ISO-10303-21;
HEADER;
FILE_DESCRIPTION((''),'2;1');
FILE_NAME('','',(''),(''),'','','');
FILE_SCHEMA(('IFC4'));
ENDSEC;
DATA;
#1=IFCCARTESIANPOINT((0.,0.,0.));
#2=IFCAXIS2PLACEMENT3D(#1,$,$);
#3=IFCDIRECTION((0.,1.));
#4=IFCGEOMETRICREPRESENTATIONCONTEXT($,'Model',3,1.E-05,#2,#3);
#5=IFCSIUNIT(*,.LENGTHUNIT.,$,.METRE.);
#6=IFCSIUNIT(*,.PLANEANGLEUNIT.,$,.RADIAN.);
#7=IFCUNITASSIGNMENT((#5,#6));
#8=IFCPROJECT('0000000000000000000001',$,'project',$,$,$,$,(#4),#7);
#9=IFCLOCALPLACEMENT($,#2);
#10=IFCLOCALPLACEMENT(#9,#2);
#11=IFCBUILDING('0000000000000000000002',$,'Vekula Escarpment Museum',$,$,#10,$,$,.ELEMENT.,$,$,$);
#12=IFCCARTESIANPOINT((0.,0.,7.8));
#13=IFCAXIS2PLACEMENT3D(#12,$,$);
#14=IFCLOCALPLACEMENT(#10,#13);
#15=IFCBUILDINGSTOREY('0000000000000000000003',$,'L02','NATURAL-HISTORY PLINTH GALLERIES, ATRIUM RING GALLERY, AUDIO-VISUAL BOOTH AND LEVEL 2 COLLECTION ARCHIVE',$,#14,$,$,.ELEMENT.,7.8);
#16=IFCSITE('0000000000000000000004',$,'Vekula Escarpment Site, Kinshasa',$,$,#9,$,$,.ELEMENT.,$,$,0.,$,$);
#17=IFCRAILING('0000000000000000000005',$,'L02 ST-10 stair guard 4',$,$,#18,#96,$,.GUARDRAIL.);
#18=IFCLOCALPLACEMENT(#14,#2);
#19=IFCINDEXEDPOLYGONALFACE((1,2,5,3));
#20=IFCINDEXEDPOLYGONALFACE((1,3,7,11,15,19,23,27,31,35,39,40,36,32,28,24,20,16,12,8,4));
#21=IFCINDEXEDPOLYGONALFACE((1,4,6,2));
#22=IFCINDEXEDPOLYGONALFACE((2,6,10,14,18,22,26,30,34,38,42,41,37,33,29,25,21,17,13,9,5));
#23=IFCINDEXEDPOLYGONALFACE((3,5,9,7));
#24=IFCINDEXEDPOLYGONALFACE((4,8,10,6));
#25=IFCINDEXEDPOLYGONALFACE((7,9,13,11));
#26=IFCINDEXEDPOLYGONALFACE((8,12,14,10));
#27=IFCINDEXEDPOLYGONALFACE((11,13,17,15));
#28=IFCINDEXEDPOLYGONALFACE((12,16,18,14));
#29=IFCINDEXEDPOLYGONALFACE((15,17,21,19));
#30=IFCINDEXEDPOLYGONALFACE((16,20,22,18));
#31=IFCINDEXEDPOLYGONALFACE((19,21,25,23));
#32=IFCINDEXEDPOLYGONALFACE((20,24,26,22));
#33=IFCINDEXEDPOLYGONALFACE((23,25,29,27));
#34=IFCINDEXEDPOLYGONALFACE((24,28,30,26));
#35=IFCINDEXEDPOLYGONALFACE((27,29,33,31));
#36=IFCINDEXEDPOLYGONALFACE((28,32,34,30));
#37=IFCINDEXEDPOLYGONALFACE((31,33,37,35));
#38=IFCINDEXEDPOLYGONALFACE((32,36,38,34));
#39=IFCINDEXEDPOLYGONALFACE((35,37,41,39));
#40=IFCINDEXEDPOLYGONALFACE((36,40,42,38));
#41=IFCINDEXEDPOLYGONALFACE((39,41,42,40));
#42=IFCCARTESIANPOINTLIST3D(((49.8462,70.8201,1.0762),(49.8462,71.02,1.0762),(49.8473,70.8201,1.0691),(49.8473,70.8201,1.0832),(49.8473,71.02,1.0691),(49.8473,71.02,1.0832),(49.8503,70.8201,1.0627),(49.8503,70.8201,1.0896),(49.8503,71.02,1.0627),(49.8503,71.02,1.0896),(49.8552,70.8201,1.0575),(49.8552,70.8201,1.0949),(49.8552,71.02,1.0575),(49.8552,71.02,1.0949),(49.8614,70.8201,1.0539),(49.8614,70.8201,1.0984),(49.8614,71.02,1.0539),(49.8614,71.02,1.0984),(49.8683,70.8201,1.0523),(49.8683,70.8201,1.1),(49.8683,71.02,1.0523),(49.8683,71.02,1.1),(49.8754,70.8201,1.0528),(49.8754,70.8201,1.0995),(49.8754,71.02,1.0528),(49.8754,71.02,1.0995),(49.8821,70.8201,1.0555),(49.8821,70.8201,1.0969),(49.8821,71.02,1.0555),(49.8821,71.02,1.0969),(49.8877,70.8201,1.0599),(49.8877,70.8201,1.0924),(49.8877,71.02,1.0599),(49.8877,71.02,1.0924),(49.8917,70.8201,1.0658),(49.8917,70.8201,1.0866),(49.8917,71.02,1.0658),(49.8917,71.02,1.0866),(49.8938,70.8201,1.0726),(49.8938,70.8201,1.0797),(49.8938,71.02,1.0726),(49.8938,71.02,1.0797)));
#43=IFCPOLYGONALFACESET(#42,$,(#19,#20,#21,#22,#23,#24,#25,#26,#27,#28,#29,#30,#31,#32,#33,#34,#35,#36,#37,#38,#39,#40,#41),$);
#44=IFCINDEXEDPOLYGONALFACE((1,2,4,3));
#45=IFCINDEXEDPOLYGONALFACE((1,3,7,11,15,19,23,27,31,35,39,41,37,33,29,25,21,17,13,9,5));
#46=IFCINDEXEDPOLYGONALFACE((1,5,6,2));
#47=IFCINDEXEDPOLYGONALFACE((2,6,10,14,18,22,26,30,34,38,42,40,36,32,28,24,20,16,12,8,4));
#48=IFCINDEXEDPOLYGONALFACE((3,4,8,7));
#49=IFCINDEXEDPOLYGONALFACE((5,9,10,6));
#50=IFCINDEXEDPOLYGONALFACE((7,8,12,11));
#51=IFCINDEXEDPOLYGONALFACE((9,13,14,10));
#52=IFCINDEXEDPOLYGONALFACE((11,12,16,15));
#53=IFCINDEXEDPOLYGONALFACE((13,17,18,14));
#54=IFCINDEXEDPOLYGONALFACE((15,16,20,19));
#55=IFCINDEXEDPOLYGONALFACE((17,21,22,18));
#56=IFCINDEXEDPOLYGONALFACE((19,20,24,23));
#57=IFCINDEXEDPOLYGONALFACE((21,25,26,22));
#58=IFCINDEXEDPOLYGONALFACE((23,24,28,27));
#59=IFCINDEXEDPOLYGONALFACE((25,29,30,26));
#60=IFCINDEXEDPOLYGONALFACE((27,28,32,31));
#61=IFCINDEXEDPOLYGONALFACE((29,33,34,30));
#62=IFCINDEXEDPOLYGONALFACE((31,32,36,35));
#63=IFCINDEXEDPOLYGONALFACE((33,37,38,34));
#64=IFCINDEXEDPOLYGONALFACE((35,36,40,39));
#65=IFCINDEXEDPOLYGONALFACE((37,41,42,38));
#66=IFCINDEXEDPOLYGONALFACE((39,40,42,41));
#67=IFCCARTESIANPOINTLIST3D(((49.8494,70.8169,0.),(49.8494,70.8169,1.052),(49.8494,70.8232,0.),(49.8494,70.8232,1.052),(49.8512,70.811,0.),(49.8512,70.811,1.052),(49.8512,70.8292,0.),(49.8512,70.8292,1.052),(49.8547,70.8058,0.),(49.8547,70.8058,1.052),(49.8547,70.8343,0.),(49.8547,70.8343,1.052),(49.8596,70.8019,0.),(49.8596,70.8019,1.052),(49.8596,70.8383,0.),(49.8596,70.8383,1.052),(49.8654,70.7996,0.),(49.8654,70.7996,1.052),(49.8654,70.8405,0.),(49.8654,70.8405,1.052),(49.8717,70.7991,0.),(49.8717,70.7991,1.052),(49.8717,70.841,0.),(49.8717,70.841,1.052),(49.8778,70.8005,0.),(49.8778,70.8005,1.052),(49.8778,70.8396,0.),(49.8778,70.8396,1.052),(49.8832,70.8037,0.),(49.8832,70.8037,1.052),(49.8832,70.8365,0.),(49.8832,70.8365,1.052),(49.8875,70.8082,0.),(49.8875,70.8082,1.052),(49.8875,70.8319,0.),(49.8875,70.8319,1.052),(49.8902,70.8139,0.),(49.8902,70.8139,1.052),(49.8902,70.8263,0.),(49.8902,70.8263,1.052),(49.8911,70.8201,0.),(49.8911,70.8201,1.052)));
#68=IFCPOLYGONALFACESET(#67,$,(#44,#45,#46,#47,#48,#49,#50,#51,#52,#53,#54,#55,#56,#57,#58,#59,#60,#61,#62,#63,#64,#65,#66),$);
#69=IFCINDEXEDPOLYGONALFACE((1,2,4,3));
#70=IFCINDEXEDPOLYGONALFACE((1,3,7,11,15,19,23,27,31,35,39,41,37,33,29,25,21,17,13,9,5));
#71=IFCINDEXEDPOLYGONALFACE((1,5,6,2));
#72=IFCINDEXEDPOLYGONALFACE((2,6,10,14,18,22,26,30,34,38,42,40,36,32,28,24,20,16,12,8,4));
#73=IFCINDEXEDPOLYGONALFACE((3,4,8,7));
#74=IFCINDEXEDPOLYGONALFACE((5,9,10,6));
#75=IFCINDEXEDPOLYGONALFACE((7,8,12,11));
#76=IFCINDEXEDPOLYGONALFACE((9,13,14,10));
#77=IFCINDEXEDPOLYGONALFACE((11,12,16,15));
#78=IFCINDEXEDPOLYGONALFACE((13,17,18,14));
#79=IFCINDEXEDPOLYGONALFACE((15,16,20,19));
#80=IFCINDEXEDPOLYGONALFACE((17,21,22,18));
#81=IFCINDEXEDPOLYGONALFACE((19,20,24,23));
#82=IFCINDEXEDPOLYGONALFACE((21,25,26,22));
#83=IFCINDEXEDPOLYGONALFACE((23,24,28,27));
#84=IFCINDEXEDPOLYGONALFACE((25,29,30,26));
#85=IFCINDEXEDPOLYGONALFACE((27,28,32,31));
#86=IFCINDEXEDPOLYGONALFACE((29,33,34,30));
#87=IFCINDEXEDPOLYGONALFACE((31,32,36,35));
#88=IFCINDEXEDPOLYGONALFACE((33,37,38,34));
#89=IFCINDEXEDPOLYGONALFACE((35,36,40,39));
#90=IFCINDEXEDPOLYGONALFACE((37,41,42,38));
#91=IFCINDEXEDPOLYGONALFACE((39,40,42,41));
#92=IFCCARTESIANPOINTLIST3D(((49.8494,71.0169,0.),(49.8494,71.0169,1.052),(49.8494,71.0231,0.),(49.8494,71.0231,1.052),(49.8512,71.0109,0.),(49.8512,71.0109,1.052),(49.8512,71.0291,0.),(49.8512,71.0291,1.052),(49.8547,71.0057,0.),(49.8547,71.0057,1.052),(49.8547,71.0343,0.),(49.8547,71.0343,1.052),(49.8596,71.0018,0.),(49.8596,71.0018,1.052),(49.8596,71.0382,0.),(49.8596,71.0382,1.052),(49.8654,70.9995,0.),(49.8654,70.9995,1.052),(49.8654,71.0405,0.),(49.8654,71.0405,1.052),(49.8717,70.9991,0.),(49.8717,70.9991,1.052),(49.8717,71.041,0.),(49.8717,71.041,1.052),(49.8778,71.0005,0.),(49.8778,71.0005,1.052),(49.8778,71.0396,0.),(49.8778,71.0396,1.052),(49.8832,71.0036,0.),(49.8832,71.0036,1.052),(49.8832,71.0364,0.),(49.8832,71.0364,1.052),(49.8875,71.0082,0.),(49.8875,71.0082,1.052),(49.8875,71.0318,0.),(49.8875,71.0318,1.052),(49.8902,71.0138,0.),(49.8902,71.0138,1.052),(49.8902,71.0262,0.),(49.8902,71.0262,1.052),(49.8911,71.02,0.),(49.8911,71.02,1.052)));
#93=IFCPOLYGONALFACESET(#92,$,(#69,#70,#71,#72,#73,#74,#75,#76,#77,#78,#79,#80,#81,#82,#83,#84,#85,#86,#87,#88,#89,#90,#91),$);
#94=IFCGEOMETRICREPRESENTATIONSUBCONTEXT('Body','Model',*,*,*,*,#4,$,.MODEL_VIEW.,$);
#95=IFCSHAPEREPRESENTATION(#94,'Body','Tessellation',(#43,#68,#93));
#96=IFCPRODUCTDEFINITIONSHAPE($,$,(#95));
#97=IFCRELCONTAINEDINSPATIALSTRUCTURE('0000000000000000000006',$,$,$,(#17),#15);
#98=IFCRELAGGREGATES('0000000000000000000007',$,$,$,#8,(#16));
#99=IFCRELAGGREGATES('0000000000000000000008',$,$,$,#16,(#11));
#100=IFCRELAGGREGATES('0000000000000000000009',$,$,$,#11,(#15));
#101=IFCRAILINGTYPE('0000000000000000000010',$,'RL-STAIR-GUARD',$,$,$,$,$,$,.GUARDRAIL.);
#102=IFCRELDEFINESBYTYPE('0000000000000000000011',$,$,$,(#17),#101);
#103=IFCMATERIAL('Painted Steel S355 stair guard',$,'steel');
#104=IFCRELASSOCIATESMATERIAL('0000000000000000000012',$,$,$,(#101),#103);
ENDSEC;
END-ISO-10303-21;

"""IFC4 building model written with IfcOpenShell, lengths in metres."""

from ifc_helpers import new_model, si_unit, direction, frame, origin, origin_2d, place, context, subcontext, project, spatial, circle, extrude, material, type_object, element, save


model = new_model("IFC4")

# Units and contexts
model_context = context("Model", 3, precision=1e-05, world=origin(), true_north=direction((0.0, 1.0)))
body_context = subcontext(model_context, "Body", "Model", "MODEL_VIEW")
ifc_project = project(units=[si_unit("LENGTHUNIT", "METRE"), si_unit("PLANEANGLEUNIT", "RADIAN")], contexts=[model_context])

# Site, building, storey
site_placement = place(None, origin())
site = spatial("IfcSite", under=ifc_project, at=site_placement, Name="Vekula Escarpment Site, Kinshasa", CompositionType="ELEMENT", RefElevation=0.0)
building_placement = place(site_placement, origin())
building = spatial("IfcBuilding", under=site, at=building_placement, Name="Vekula Escarpment Museum", CompositionType="ELEMENT")
storey_placement = place(building_placement, frame((0.0, 0.0, 7.8)))
storey = spatial("IfcBuildingStorey", under=building, at=storey_placement, Name="L02", Description="NATURAL-HISTORY PLINTH GALLERIES, ATRIUM RING GALLERY, AUDIO-VISUAL BOOTH AND LEVEL 2 COLLECTION ARCHIVE", CompositionType="ELEMENT", Elevation=7.8)

# Railing
ifc_material_1 = material(Name="Painted Steel S355 stair guard", Category="steel")
railing_type_1 = type_object("IfcRailingType", Name="RL-STAIR-GUARD", PredefinedType="GUARDRAIL", material=ifc_material_1)
railing_1_placement = place(storey_placement, frame((49.8701, 70.8201, 0.0)))
element("IfcRailing", 1, at=railing_1_placement, inside=storey, type_object=railing_type_1, Name="L02 ST-10 stair guard 4", PredefinedType="GUARDRAIL", context=body_context, shape_type="SweptSolid", body=[
    extrude(circle(Radius=0.0239, at=origin_2d()), frame((0.0, 0.0, 1.0762), z_axis=(0.0, 1.0, 0.0), x_axis=(-1.0, 0.0, 0.0)), (0.0, 0.0, 1.0), 0.2),
    extrude(circle(Radius=0.021, at=origin_2d()), origin(), (0.0, 0.0, 1.0), 1.052),
    extrude(circle(Radius=0.021, at=origin_2d()), frame((0.0, 0.2, 0.0)), (0.0, 0.0, 1.0), 1.052),
])

save(model, "model.ifc")
